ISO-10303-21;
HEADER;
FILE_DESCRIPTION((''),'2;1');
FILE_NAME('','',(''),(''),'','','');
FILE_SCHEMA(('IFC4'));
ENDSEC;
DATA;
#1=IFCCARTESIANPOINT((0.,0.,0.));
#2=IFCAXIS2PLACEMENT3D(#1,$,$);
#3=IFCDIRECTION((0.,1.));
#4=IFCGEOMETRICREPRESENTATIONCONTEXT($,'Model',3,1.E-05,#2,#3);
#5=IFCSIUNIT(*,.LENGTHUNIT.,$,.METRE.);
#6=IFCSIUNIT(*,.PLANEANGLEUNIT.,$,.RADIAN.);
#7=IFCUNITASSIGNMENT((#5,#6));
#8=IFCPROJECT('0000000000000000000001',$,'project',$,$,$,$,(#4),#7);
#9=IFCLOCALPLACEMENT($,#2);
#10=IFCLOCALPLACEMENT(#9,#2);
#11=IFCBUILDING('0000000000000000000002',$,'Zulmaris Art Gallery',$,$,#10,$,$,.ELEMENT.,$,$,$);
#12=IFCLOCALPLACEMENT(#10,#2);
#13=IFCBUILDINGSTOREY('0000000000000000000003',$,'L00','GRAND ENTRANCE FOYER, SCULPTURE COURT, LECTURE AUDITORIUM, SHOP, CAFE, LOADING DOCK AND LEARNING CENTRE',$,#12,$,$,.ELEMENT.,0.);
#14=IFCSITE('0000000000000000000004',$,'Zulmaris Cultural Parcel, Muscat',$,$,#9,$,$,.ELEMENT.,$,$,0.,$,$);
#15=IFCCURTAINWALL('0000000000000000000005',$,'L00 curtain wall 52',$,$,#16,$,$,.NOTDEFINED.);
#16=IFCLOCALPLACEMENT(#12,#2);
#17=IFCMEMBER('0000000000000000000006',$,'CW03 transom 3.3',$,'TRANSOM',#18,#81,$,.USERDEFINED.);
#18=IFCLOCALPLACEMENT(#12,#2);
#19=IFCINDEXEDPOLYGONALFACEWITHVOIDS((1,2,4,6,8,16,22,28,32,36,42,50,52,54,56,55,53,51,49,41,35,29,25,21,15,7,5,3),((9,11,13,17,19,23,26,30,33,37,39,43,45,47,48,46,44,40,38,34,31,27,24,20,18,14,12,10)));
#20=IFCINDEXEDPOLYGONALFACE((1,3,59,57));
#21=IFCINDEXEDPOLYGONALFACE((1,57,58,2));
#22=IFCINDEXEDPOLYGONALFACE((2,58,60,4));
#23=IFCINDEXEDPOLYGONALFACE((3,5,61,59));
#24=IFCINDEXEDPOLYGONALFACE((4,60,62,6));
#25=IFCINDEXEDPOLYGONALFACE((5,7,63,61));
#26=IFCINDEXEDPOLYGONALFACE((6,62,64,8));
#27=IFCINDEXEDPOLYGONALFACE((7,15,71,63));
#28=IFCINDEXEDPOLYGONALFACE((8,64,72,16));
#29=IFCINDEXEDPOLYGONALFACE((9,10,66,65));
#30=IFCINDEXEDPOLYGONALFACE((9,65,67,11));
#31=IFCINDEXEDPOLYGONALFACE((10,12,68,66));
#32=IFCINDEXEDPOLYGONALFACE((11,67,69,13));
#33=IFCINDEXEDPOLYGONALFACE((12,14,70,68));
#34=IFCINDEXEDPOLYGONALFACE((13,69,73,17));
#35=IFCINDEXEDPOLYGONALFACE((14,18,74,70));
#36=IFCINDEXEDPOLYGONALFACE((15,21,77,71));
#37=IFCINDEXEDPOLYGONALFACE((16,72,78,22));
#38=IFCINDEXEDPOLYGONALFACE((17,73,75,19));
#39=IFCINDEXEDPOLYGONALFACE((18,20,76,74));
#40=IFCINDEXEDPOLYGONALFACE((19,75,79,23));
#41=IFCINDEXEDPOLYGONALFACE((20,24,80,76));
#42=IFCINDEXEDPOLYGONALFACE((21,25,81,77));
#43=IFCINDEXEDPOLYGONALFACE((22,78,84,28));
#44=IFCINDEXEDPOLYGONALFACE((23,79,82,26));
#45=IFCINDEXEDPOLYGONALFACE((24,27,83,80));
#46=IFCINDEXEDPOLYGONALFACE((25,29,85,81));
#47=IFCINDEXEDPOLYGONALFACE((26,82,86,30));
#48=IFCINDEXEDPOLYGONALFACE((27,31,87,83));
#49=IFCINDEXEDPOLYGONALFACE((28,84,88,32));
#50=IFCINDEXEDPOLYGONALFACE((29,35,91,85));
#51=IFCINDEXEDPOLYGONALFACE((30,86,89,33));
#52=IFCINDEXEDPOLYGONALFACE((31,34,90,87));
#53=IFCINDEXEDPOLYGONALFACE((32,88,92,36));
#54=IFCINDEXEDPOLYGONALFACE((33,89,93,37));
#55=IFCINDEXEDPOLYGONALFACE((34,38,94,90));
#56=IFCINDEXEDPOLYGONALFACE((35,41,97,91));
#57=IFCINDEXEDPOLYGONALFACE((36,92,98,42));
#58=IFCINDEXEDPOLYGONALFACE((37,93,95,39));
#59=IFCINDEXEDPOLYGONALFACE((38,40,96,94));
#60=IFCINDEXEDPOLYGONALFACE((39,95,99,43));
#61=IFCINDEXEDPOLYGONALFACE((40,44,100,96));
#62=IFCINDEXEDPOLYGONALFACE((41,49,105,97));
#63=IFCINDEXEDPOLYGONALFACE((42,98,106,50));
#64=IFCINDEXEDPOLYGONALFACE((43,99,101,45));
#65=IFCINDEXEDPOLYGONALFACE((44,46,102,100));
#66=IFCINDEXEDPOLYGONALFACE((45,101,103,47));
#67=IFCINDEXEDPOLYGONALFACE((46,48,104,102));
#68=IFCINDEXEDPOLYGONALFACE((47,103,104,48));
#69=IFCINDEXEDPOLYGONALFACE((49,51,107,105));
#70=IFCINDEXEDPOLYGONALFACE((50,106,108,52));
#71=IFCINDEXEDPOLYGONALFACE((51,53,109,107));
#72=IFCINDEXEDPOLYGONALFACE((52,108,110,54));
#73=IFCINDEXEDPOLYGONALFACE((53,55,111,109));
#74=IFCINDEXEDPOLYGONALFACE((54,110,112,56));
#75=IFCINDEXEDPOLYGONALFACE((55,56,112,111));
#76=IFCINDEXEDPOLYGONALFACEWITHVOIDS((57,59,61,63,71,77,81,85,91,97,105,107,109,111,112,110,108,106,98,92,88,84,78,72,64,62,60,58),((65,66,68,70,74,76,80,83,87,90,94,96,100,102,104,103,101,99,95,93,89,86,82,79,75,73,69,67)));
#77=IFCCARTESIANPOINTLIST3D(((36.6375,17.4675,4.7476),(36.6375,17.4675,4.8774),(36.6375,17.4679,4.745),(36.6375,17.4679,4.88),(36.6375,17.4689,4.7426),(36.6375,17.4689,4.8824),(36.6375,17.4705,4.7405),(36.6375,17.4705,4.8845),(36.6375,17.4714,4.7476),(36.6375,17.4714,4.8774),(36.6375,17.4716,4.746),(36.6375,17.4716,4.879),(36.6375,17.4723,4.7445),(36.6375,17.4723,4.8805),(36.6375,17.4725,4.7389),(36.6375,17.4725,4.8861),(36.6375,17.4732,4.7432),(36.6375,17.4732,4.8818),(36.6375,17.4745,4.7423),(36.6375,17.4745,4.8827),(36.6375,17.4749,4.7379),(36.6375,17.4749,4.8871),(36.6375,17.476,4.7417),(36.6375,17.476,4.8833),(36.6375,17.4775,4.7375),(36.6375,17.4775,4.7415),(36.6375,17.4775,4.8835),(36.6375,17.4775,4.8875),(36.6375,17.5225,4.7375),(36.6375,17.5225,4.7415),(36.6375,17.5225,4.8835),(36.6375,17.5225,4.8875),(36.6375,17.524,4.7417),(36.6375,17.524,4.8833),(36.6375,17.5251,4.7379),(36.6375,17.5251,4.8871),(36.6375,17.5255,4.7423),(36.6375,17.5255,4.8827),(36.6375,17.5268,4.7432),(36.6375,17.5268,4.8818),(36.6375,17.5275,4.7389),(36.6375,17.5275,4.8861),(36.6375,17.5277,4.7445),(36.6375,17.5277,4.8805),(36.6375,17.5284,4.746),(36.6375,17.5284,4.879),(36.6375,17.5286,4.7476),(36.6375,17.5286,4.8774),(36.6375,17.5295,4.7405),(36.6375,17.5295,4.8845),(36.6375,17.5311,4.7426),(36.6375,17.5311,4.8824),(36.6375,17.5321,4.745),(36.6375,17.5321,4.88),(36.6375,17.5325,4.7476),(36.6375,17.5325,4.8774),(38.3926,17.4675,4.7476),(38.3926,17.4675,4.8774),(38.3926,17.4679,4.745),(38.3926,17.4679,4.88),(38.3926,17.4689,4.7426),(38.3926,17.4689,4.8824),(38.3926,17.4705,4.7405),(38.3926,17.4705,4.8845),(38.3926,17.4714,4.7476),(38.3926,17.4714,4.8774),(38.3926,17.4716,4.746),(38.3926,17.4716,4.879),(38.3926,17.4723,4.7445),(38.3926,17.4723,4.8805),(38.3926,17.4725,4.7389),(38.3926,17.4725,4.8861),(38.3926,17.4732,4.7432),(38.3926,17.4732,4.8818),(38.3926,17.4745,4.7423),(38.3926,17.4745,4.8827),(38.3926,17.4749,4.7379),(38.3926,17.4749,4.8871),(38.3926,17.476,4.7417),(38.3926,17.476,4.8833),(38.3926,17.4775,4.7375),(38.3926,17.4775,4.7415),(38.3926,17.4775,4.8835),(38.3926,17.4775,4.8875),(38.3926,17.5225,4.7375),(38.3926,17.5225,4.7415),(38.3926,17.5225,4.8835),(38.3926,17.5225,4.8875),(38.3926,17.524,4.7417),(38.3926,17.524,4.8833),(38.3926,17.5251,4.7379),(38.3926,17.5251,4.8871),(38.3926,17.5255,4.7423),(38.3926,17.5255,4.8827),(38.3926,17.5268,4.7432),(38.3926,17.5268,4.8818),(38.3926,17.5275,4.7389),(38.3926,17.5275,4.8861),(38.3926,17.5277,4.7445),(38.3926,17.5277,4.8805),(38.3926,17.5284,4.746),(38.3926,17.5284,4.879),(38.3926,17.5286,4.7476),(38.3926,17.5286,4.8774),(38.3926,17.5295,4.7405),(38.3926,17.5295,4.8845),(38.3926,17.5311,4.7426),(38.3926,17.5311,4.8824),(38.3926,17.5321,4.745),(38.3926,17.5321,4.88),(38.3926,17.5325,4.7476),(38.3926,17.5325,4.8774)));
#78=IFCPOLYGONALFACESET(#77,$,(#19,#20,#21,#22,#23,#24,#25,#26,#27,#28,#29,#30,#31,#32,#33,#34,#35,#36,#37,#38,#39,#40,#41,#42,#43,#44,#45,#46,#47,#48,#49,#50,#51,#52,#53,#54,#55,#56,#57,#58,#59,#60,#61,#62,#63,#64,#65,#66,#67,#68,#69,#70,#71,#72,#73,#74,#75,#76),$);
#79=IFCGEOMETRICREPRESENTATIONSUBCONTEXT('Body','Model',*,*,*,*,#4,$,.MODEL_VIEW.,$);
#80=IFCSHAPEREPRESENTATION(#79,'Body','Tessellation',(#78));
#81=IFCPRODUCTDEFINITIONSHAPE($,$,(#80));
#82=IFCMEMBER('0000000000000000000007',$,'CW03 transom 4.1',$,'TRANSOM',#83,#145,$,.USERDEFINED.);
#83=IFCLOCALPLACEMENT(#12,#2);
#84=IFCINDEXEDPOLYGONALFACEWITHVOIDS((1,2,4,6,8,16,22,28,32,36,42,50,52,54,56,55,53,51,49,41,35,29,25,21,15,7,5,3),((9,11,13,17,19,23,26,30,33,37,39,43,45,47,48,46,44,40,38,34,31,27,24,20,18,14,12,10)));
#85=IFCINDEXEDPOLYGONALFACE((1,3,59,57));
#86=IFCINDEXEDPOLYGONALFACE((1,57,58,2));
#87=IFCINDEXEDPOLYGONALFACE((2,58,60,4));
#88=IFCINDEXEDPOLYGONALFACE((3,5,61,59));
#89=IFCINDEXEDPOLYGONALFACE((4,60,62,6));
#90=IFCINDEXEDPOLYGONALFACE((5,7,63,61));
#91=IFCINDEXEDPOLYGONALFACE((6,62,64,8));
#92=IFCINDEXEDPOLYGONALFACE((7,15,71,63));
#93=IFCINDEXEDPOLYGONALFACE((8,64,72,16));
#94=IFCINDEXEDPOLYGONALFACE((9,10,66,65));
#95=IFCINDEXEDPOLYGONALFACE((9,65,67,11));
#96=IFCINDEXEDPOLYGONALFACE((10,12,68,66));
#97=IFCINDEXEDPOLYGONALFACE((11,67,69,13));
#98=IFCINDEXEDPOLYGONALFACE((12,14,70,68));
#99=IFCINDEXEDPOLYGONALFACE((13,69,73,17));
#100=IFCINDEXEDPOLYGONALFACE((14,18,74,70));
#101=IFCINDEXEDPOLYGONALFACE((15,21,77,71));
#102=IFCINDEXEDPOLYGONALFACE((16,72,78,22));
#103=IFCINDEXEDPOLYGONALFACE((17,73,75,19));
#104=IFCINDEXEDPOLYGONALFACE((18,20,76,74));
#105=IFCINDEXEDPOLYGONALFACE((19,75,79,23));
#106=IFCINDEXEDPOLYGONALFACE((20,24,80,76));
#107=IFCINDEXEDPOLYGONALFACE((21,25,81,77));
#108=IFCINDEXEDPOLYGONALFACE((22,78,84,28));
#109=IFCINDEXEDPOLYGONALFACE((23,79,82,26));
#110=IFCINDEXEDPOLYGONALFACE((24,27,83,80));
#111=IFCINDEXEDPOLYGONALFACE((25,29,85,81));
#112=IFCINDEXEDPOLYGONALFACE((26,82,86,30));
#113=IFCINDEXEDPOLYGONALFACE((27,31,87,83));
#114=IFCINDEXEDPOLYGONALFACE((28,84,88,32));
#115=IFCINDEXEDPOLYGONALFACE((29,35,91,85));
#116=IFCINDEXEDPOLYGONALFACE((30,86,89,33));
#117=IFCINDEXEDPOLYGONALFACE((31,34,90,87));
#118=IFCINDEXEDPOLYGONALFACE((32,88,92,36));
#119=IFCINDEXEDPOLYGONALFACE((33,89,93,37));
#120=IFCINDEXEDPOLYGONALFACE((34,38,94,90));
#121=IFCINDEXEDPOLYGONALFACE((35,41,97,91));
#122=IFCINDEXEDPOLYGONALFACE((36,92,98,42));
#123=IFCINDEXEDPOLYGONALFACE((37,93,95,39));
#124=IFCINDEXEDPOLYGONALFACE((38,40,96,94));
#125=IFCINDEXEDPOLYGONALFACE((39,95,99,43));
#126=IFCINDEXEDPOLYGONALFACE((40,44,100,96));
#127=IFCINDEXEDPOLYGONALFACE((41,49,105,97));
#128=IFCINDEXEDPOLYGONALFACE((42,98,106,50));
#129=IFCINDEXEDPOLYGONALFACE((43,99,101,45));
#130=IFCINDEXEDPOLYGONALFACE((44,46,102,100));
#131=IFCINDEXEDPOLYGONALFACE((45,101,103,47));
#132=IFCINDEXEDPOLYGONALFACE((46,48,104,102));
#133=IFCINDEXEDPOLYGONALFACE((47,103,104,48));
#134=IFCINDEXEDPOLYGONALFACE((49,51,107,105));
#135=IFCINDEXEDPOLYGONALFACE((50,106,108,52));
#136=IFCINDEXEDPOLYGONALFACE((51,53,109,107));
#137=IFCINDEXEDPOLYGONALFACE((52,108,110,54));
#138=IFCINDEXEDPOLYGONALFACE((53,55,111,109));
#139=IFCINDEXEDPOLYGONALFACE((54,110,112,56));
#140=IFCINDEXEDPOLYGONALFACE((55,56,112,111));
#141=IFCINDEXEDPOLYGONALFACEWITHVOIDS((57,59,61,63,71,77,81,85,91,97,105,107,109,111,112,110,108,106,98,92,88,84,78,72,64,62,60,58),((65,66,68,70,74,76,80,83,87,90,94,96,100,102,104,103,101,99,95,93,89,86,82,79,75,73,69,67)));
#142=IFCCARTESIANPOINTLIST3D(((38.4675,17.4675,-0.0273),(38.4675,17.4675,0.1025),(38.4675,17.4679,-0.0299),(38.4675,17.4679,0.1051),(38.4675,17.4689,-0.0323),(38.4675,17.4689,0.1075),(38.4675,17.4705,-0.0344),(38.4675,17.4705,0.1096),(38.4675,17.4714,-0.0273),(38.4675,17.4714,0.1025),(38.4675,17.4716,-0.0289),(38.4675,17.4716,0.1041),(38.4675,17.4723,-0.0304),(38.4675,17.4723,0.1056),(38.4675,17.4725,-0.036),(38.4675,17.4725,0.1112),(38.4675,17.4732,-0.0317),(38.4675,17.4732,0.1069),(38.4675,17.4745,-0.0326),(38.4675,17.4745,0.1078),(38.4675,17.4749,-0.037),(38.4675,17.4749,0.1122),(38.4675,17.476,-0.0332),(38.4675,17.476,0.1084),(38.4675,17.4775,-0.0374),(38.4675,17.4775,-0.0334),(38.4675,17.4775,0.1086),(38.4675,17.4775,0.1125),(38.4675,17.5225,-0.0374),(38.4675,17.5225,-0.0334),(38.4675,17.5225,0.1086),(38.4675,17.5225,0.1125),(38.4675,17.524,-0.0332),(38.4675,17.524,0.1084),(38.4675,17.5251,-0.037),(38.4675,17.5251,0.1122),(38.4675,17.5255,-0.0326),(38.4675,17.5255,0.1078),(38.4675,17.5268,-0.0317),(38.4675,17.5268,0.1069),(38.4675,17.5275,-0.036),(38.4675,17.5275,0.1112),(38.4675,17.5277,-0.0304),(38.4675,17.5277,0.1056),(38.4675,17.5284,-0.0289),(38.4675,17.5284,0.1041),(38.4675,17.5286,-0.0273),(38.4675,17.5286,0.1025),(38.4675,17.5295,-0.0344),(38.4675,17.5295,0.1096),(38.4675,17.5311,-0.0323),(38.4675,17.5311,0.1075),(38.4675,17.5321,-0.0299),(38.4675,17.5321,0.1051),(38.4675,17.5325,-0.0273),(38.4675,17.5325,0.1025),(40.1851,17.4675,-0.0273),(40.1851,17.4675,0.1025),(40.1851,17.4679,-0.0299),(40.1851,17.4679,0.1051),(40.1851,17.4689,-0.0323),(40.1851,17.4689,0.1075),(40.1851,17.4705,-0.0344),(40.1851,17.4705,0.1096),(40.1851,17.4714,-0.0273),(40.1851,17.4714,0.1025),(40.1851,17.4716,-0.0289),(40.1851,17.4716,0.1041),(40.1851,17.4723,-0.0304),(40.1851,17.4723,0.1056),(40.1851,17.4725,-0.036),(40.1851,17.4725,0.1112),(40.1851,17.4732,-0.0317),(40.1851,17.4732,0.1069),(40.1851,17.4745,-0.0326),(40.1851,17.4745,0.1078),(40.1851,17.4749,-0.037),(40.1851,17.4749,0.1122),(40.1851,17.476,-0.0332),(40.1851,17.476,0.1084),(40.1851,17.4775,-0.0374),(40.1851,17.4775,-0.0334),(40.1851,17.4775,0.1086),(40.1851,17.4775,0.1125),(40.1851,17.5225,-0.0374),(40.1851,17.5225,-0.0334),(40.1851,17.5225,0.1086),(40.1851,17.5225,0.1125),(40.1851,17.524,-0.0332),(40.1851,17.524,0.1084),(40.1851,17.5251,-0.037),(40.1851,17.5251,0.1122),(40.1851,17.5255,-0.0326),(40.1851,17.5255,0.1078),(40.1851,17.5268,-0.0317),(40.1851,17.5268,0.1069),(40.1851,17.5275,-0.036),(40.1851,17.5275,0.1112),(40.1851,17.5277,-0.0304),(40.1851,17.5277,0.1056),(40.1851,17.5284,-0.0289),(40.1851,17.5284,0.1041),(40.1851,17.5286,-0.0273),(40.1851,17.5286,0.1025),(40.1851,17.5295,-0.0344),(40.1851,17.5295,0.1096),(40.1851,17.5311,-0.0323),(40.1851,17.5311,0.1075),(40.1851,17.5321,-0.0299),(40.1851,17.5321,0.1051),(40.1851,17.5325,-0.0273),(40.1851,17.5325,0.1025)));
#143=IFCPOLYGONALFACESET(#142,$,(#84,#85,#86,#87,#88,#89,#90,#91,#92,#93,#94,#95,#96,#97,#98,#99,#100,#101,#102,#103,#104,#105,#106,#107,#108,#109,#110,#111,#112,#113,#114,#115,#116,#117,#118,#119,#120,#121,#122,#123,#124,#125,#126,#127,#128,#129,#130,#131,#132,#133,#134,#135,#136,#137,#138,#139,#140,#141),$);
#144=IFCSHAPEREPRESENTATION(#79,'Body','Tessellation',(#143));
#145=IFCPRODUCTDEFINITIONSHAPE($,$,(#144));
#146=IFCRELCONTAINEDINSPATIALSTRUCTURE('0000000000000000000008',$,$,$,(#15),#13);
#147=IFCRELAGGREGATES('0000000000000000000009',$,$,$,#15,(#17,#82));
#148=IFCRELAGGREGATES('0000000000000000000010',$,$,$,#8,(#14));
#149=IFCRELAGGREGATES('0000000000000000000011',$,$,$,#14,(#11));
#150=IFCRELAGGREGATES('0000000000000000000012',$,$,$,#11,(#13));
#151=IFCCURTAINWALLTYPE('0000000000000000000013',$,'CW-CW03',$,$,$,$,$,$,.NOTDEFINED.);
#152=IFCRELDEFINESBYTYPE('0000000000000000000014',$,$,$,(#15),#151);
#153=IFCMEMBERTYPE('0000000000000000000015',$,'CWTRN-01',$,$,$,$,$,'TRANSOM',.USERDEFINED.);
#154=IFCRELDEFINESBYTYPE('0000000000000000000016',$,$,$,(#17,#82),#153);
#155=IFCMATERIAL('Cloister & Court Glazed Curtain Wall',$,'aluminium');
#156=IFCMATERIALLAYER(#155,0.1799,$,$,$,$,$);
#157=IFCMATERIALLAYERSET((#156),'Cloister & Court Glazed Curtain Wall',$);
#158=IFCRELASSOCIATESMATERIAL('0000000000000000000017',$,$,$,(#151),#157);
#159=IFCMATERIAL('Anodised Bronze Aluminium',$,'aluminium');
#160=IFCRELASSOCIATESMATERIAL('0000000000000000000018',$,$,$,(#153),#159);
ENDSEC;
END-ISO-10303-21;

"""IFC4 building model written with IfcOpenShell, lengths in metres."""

from ifc_helpers import new_model, si_unit, direction, frame, origin, origin_2d, place, context, subcontext, project, spatial, hollow_rectangle, extrude, material, layer, layer_set, material_profile, profile_set, type_object, element, aggregate, save


model = new_model("IFC4")

# Units and contexts
model_context = context("Model", 3, precision=1e-05, world=origin(), true_north=direction((0.0, 1.0)))
body_context = subcontext(model_context, "Body", "Model", "MODEL_VIEW")
ifc_project = project(units=[si_unit("LENGTHUNIT", "METRE"), si_unit("PLANEANGLEUNIT", "RADIAN")], contexts=[model_context])

# Site, building, storey
site_placement = place(None, origin())
site = spatial("IfcSite", under=ifc_project, at=site_placement, Name="Zulmaris Cultural Parcel, Muscat", CompositionType="ELEMENT", RefElevation=0.0)
building_placement = place(site_placement, origin())
building = spatial("IfcBuilding", under=site, at=building_placement, Name="Zulmaris Art Gallery", CompositionType="ELEMENT")
storey_placement = place(building_placement, origin())
storey = spatial("IfcBuildingStorey", under=building, at=storey_placement, Name="L00", Description="GRAND ENTRANCE FOYER, SCULPTURE COURT, LECTURE AUDITORIUM, SHOP, CAFE, LOADING DOCK AND LEARNING CENTRE", CompositionType="ELEMENT", Elevation=0.0)

# Curtain wall, members
ifc_material_1 = material(Name="Cloister & Court Glazed Curtain Wall", Category="aluminium")
ifc_layer_1 = layer(ifc_material_1, 0.1799)
ifc_layer_set_1 = layer_set([ifc_layer_1], Name="Cloister & Court Glazed Curtain Wall")
curtain_wall_type = type_object("IfcCurtainWallType", Name="CW-CW03", PredefinedType="NOTDEFINED", material=ifc_layer_set_1)
curtain_wall_placement = place(storey_placement, origin())
curtain_wall = element("IfcCurtainWall", 1, at=curtain_wall_placement, inside=storey, type_object=curtain_wall_type, Name="L00 curtain wall 52", PredefinedType="NOTDEFINED")
ifc_material_2 = material(Name="Anodised Bronze Aluminium", Category="aluminium")
ifc_material_profile_1 = material_profile(ifc_material_2, hollow_rectangle(XDim=0.0649, YDim=0.1499, WallThickness=0.0039, InnerFilletRadius=0.0061, OuterFilletRadius=0.01, at=origin_2d()), Name="ALU 65x150x4")
ifc_profile_set_1 = profile_set([ifc_material_profile_1], Name="Anodised Bronze Aluminium")
member_type_1 = type_object("IfcMemberType", Name="CWTRN-01", ElementType="TRANSOM", PredefinedType="USERDEFINED", material=ifc_profile_set_1)
member_1_placement = place(storey_placement, frame((36.6375, 17.5, 4.8125), z_axis=(1.0, 0.0, 0.0), x_axis=(0.0, 1.0, 0.0)))
member_1 = element("IfcMember", 2, at=member_1_placement, type_object=member_type_1, Name="CW03 transom 3.3", ObjectType="TRANSOM", PredefinedType="USERDEFINED", context=body_context, shape_type="SweptSolid", body=[
    extrude(hollow_rectangle(XDim=0.0649, YDim=0.1499, WallThickness=0.0039, InnerFilletRadius=0.0061, OuterFilletRadius=0.01, at=origin_2d()), origin(), (0.0, 0.0, 1.0), 1.7551),
])
member_2_placement = place(storey_placement, frame((38.4675, 17.5, 0.0376), z_axis=(1.0, 0.0, 0.0), x_axis=(0.0, 1.0, 0.0)))
member_2 = element("IfcMember", 3, at=member_2_placement, type_object=member_type_1, Name="CW03 transom 4.1", ObjectType="TRANSOM", PredefinedType="USERDEFINED", context=body_context, shape_type="SweptSolid", body=[
    extrude(hollow_rectangle(XDim=0.0649, YDim=0.1499, WallThickness=0.0039, InnerFilletRadius=0.0061, OuterFilletRadius=0.01, at=origin_2d()), origin(), (0.0, 0.0, 1.0), 1.7175),
])
aggregate(curtain_wall, [member_1, member_2])

save(model, "model.ifc")
